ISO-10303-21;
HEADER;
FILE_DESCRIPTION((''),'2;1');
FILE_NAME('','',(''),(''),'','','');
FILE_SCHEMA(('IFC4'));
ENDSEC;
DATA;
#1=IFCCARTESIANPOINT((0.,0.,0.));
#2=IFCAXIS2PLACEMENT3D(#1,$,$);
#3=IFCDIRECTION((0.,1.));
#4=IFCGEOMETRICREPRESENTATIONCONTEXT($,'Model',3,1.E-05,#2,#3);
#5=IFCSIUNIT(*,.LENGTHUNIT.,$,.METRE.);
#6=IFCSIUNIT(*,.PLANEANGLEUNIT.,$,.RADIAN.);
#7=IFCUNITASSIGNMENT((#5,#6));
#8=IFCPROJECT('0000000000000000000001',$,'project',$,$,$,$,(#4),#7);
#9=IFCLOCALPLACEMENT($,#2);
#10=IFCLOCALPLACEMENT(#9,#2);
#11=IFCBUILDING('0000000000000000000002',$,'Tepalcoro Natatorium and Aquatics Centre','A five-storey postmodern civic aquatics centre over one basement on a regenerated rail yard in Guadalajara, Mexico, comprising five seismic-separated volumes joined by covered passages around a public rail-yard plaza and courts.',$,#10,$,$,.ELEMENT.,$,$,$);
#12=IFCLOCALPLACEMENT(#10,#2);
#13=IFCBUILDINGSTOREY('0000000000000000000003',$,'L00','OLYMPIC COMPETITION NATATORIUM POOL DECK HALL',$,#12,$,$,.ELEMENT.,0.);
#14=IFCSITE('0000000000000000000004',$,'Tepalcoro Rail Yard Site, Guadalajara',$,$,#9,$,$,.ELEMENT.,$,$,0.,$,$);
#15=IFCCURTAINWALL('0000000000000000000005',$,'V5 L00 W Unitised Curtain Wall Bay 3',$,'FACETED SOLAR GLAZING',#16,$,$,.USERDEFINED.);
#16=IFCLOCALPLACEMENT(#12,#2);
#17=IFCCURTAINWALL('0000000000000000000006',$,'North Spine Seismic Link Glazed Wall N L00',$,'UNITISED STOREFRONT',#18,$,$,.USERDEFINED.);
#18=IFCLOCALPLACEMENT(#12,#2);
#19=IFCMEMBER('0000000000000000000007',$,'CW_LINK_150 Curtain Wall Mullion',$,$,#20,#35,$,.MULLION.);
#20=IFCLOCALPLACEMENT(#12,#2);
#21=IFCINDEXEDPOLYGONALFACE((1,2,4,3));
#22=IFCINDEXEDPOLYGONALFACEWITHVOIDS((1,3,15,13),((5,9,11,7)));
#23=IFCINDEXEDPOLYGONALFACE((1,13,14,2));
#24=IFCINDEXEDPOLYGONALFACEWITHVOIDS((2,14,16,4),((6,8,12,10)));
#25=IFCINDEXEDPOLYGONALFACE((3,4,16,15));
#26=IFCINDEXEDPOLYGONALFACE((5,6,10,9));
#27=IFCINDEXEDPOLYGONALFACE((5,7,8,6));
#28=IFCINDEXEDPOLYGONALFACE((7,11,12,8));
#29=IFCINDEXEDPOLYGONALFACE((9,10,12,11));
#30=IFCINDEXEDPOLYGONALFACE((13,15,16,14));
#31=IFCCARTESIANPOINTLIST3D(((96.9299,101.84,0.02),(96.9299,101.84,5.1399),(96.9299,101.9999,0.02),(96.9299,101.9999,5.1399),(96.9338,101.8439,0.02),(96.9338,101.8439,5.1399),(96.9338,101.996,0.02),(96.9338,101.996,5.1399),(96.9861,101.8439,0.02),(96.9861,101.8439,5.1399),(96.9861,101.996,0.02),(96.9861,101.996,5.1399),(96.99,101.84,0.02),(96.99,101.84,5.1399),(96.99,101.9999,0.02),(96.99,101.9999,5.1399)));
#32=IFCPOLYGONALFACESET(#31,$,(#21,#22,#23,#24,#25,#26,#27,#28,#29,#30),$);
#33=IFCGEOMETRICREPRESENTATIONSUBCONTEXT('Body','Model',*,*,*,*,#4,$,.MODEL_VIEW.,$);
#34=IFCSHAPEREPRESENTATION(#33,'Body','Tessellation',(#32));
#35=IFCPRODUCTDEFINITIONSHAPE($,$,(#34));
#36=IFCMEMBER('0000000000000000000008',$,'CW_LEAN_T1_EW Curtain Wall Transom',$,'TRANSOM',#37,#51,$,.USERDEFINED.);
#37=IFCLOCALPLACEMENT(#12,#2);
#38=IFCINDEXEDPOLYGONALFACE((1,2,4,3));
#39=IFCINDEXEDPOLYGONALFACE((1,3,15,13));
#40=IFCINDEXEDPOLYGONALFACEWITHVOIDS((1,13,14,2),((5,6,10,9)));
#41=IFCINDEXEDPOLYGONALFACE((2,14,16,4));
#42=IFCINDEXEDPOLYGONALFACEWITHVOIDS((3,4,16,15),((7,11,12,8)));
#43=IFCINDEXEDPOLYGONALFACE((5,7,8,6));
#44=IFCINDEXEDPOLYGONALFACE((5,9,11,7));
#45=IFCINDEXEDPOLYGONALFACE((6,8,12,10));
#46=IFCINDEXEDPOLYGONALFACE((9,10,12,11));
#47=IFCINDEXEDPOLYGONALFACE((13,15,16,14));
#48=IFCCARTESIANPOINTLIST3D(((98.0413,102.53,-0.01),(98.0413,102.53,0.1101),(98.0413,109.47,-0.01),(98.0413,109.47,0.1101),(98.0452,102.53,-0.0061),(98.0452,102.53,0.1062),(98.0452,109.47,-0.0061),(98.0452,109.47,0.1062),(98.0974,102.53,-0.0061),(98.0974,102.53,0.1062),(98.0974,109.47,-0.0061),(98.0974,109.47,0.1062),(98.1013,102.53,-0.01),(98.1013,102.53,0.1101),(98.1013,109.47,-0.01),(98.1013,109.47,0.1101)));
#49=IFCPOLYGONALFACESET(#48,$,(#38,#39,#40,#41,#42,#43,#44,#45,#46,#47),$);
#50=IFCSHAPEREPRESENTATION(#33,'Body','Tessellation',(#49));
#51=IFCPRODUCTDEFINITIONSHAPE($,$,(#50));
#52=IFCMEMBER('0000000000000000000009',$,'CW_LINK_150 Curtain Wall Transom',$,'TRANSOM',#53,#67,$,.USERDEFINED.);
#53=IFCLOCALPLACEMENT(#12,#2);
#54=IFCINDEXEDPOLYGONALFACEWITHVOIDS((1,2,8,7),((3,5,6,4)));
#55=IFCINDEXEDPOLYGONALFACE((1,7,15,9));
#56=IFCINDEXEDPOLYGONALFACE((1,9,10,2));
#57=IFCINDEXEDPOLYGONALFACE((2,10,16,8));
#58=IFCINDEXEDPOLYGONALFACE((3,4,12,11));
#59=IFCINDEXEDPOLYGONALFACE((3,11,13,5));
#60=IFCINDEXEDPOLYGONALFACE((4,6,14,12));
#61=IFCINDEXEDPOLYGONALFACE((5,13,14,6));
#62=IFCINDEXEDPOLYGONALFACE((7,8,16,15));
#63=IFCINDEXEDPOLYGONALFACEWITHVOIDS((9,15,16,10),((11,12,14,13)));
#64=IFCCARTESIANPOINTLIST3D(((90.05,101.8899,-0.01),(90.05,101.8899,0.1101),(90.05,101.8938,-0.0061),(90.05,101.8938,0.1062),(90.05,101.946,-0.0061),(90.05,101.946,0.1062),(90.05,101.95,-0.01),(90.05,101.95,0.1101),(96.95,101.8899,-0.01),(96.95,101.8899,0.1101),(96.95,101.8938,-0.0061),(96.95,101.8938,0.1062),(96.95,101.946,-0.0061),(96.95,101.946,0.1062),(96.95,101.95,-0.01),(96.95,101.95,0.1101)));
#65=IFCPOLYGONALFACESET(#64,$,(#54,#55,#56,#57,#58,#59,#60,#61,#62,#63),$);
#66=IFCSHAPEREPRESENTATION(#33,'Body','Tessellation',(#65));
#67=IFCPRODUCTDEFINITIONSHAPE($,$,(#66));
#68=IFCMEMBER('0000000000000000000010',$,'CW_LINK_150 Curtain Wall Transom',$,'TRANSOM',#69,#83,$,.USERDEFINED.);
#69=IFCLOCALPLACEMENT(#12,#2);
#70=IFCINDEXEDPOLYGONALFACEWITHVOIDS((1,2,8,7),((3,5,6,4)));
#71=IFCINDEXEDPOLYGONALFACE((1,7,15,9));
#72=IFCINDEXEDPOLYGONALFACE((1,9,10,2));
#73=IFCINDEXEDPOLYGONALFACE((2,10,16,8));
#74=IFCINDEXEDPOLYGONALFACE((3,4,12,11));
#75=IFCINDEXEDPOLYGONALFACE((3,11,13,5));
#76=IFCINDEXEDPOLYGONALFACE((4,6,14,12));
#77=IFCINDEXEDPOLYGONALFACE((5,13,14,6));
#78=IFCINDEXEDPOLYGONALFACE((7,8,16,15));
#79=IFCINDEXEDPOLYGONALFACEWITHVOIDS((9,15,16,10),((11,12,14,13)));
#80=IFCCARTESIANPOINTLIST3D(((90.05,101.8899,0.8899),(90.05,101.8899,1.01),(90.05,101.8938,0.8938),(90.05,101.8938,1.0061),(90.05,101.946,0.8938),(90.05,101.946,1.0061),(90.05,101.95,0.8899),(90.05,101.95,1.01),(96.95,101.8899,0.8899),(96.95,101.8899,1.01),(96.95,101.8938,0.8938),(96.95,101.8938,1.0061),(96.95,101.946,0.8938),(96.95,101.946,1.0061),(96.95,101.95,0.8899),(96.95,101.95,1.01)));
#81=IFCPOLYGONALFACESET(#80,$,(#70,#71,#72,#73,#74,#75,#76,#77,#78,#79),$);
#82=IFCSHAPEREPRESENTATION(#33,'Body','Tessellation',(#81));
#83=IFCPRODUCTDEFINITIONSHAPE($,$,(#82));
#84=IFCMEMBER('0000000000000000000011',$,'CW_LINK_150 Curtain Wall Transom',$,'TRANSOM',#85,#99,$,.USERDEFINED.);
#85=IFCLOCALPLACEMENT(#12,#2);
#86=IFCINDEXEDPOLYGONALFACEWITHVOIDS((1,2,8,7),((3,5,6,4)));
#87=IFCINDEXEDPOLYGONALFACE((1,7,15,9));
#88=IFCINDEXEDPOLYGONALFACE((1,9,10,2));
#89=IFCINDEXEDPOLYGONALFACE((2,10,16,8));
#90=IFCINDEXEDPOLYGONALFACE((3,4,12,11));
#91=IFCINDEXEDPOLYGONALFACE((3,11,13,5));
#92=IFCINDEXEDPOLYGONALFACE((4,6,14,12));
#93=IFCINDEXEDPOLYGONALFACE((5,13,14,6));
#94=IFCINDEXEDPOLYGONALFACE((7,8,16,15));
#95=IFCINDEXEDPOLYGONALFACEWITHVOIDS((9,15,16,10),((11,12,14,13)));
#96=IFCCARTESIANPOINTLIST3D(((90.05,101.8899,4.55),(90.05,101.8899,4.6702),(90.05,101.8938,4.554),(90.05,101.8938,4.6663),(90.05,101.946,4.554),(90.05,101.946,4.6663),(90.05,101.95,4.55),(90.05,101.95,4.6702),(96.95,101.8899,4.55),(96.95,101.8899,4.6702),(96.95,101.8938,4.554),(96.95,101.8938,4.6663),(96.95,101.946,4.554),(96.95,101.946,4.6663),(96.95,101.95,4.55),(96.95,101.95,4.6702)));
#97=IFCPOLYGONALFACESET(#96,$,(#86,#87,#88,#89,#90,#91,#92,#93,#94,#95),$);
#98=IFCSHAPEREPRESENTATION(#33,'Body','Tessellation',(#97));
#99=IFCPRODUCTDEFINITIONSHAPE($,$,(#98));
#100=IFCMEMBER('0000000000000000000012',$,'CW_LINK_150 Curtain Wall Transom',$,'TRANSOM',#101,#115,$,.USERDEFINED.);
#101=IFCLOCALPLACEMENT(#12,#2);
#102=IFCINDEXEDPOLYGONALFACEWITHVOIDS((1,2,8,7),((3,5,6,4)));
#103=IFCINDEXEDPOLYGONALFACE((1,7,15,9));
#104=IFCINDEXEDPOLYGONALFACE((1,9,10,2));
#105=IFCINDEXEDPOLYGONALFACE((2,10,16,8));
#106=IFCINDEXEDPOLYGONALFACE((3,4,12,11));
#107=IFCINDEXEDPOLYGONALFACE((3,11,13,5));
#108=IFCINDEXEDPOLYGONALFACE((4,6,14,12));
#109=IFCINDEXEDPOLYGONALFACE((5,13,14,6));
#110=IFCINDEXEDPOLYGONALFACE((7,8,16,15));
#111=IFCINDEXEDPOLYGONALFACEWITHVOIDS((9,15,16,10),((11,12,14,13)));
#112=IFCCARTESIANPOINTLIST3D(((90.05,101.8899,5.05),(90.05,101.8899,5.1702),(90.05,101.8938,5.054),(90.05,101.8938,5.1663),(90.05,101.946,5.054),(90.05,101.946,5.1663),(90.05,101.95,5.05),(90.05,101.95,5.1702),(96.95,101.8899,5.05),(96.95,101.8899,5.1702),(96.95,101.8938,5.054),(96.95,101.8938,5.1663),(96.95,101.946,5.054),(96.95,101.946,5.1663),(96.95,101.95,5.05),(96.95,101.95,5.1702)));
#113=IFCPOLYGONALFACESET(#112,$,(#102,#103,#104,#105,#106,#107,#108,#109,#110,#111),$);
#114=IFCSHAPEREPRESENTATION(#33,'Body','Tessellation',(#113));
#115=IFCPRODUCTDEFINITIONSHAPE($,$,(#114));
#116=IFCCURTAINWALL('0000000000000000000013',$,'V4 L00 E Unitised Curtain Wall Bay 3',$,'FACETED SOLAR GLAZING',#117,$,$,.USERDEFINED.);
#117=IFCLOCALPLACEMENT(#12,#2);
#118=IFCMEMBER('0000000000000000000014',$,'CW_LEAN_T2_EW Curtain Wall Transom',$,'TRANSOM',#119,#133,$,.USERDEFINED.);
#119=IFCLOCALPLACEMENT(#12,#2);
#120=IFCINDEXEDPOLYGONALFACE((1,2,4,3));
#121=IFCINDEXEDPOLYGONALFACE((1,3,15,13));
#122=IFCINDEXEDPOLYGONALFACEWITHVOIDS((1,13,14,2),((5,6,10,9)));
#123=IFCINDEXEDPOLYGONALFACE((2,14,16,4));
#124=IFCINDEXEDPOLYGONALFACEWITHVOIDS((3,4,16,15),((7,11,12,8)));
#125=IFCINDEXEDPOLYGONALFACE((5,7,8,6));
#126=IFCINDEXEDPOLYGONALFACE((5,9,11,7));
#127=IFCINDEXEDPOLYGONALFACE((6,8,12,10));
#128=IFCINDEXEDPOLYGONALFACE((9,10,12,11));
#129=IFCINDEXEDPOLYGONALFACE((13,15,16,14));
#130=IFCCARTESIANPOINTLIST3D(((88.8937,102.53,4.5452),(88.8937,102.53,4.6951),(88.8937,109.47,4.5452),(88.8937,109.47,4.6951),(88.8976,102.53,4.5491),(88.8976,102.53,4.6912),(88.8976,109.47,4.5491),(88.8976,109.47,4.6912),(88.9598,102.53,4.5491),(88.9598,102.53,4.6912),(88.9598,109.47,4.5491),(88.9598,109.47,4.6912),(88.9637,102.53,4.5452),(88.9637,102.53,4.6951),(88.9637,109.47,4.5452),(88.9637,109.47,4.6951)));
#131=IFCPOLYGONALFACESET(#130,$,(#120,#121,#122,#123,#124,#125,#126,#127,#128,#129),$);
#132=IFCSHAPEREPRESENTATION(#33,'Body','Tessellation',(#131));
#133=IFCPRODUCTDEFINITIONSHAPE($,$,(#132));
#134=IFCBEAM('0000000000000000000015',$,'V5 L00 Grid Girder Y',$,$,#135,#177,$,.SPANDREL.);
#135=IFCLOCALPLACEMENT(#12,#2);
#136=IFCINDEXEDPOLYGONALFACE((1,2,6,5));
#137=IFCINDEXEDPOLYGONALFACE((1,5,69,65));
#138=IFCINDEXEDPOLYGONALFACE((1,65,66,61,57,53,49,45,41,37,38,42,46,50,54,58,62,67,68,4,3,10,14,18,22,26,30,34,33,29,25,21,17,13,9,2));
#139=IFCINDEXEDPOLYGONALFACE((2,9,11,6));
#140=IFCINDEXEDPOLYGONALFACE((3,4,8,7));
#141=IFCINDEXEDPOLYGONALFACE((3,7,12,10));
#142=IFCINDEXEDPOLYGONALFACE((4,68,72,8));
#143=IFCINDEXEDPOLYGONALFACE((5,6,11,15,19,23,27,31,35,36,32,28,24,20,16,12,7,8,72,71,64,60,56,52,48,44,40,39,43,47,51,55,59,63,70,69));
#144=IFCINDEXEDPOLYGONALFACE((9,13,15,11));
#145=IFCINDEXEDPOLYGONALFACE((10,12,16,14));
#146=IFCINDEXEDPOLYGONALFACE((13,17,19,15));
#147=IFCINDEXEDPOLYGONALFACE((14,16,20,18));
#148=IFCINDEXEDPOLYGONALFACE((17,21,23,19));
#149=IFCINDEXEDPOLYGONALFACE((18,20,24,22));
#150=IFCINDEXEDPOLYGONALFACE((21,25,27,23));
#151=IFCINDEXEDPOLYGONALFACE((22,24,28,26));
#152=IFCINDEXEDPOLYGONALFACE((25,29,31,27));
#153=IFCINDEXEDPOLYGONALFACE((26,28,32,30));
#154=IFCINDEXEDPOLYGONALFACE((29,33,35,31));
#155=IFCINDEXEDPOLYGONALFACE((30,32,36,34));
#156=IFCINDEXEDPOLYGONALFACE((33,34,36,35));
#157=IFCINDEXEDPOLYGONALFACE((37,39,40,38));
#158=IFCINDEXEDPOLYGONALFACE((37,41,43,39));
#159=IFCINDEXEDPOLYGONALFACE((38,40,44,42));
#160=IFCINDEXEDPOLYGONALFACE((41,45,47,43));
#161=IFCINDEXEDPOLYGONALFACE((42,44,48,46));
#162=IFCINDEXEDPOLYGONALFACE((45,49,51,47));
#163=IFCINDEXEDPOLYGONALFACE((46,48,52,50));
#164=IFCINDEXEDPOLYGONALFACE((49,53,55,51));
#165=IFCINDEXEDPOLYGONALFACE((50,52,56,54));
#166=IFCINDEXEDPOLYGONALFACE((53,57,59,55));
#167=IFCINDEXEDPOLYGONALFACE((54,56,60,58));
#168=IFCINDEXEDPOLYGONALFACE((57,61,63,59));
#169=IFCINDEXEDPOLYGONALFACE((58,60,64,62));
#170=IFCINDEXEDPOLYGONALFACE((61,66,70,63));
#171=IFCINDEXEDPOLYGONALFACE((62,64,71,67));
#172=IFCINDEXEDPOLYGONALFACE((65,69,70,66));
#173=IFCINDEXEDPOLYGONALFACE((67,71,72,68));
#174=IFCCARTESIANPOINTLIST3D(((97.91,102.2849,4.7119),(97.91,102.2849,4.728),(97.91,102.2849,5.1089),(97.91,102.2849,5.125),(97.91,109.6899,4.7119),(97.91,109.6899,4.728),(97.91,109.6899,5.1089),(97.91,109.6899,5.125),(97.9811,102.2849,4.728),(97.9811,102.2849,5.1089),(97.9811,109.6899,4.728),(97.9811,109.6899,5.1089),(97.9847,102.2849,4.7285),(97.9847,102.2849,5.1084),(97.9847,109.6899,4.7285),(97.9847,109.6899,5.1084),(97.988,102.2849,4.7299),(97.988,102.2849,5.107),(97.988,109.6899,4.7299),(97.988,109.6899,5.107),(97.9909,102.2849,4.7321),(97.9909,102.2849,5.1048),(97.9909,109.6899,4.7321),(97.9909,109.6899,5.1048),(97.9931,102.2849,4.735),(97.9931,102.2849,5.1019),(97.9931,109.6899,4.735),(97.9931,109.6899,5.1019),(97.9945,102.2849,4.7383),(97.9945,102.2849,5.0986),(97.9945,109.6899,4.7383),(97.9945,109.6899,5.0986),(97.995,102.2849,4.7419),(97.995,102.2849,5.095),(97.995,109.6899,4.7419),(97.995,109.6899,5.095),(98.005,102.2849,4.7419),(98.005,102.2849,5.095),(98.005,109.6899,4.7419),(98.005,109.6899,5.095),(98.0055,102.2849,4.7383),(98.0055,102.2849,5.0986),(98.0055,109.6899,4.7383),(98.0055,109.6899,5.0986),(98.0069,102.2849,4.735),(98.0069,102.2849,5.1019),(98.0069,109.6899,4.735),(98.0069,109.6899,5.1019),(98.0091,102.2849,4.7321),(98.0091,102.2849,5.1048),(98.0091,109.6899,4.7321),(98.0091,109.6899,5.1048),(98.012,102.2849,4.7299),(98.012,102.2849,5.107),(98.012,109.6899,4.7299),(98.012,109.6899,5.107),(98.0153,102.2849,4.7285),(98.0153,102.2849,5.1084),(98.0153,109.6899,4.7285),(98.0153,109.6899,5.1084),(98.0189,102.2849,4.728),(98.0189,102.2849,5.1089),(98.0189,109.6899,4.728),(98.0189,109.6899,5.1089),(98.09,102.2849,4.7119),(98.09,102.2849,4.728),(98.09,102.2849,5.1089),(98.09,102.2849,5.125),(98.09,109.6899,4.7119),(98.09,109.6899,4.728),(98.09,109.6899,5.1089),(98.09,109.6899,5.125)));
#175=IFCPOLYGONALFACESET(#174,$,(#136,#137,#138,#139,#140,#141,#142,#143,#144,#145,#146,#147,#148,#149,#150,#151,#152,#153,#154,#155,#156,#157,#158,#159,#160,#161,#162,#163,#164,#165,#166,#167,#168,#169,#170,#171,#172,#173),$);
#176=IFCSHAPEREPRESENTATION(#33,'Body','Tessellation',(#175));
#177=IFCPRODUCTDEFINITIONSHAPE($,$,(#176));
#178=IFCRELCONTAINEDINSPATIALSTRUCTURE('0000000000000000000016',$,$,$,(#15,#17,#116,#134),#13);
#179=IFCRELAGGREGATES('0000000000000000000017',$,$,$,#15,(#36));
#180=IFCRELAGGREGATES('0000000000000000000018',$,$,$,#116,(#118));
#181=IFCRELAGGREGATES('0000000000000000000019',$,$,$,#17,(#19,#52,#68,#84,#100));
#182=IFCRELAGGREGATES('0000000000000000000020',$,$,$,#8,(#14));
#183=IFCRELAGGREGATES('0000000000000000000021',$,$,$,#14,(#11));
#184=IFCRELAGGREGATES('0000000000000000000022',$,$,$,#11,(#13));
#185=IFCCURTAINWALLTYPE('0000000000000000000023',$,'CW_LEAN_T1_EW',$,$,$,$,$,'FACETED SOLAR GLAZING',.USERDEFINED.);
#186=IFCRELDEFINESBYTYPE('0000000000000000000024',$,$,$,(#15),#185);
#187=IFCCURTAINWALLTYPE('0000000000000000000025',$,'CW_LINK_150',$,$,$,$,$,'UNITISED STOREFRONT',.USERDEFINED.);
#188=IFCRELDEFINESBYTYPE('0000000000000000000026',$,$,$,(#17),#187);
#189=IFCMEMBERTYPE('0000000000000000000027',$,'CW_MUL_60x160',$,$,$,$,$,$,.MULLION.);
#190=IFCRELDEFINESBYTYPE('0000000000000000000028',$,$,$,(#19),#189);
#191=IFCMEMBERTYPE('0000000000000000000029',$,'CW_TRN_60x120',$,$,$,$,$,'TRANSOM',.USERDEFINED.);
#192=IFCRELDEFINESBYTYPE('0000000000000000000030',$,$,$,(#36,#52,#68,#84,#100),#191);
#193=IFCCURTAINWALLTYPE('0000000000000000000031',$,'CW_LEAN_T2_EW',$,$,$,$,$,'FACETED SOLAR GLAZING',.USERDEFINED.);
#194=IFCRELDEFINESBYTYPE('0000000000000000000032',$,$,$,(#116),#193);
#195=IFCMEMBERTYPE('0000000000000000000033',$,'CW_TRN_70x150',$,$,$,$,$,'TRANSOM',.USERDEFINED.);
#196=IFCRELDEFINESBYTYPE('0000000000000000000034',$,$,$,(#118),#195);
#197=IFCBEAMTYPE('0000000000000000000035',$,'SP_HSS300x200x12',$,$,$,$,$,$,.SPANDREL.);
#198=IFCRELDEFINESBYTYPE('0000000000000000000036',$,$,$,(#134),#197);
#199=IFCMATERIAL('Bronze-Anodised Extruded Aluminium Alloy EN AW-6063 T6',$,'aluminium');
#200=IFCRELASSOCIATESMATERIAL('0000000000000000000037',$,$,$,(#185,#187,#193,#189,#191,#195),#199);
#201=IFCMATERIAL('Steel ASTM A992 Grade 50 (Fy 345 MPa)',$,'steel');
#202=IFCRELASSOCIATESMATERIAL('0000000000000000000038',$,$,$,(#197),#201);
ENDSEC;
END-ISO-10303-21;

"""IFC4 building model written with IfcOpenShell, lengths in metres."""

from ifc_helpers import new_model, si_unit, direction, frame, origin, origin_2d, place, context, subcontext, project, spatial, hollow_rectangle, i_section, extrude, material, material_profile, profile_set, type_object, element, aggregate, save


model = new_model("IFC4")

# Units and contexts
model_context = context("Model", 3, precision=1e-05, world=origin(), true_north=direction((0.0, 1.0)))
body_context = subcontext(model_context, "Body", "Model", "MODEL_VIEW")
ifc_project = project(units=[si_unit("LENGTHUNIT", "METRE"), si_unit("PLANEANGLEUNIT", "RADIAN")], contexts=[model_context])

# Site, building, storey
site_placement = place(None, origin())
site = spatial("IfcSite", under=ifc_project, at=site_placement, Name="Tepalcoro Rail Yard Site, Guadalajara", CompositionType="ELEMENT", RefElevation=0.0)
building_placement = place(site_placement, origin())
building = spatial("IfcBuilding", under=site, at=building_placement, Name="Tepalcoro Natatorium and Aquatics Centre", Description="A five-storey postmodern civic aquatics centre over one basement on a regenerated rail yard in Guadalajara, Mexico, comprising five seismic-separated volumes joined by covered passages around a public rail-yard plaza and courts.", CompositionType="ELEMENT")
storey_placement = place(building_placement, origin())
storey = spatial("IfcBuildingStorey", under=building, at=storey_placement, Name="L00", Description="OLYMPIC COMPETITION NATATORIUM POOL DECK HALL", CompositionType="ELEMENT", Elevation=0.0)

# Shared definitions
ifc_material_1 = material(Name="Steel ASTM A992 Grade 50 (Fy 345 MPa)", Category="steel")

# Curtain wall
ifc_material_2 = material(Name="Bronze-Anodised Extruded Aluminium Alloy EN AW-6063 T6", Category="aluminium")
curtain_wall_type_1 = type_object("IfcCurtainWallType", Name="CW_LEAN_T1_EW", ElementType="FACETED SOLAR GLAZING", PredefinedType="USERDEFINED", material=ifc_material_2)
curtain_wall_1_placement = place(storey_placement, origin())
curtain_wall_1 = element("IfcCurtainWall", 1, at=curtain_wall_1_placement, inside=storey, type_object=curtain_wall_type_1, Name="V5 L00 W Unitised Curtain Wall Bay 3", ObjectType="FACETED SOLAR GLAZING", PredefinedType="USERDEFINED")
ifc_material_profile_1 = material_profile(ifc_material_2, hollow_rectangle(XDim=0.0601, YDim=0.1599, WallThickness=0.0039, at=origin_2d()), Name="AL60X160X4")
ifc_profile_set_1 = profile_set([ifc_material_profile_1], Name="Bronze-Anodised Extruded Aluminium Alloy EN AW-6063 T6")
member_type_1 = type_object("IfcMemberType", Name="CW_MUL_60x160", PredefinedType="MULLION", material=ifc_profile_set_1)

# Curtain wall, member
curtain_wall_type_2 = type_object("IfcCurtainWallType", Name="CW_LINK_150", ElementType="UNITISED STOREFRONT", PredefinedType="USERDEFINED", material=ifc_material_2)
curtain_wall_2_placement = place(storey_placement, origin())
curtain_wall_2 = element("IfcCurtainWall", 2, at=curtain_wall_2_placement, inside=storey, type_object=curtain_wall_type_2, Name="North Spine Seismic Link Glazed Wall N L00", ObjectType="UNITISED STOREFRONT", PredefinedType="USERDEFINED")
member_1_placement = place(storey_placement, frame((96.96, 101.9199, 0.02), z_axis=(0.0, 0.0, 1.0), x_axis=(1.0, 0.0, 0.0)))
member_1 = element("IfcMember", 3, at=member_1_placement, type_object=member_type_1, Name="CW_LINK_150 Curtain Wall Mullion", PredefinedType="MULLION", context=body_context, shape_type="SweptSolid", body=[
    extrude(hollow_rectangle(XDim=0.0601, YDim=0.1599, WallThickness=0.0039, at=origin_2d()), origin(), (0.0, 0.0, 1.0), 5.1199),
])

# Members
ifc_material_profile_2 = material_profile(ifc_material_2, hollow_rectangle(XDim=0.0601, YDim=0.1201, WallThickness=0.0039, at=origin_2d()), Name="AL60X120X4")
ifc_profile_set_2 = profile_set([ifc_material_profile_2], Name="Bronze-Anodised Extruded Aluminium Alloy EN AW-6063 T6")
member_type_2 = type_object("IfcMemberType", Name="CW_TRN_60x120", ElementType="TRANSOM", PredefinedType="USERDEFINED", material=ifc_profile_set_2)
member_2_placement = place(storey_placement, frame((98.0713, 102.53, 0.05), z_axis=(0.0, 1.0, 0.0), x_axis=(-1.0, 0.0, 0.0)))
member_2 = element("IfcMember", 4, at=member_2_placement, type_object=member_type_2, Name="CW_LEAN_T1_EW Curtain Wall Transom", ObjectType="TRANSOM", PredefinedType="USERDEFINED", context=body_context, shape_type="SweptSolid", body=[
    extrude(hollow_rectangle(XDim=0.0601, YDim=0.1201, WallThickness=0.0039, at=origin_2d()), origin(), (0.0, 0.0, 1.0), 6.9399),
])
aggregate(curtain_wall_1, [member_2])
member_3_placement = place(storey_placement, frame((90.05, 101.9199, 0.05), z_axis=(1.0, 0.0, 0.0), x_axis=(0.0, 1.0, 0.0)))
member_3 = element("IfcMember", 5, at=member_3_placement, type_object=member_type_2, Name="CW_LINK_150 Curtain Wall Transom", ObjectType="TRANSOM", PredefinedType="USERDEFINED", context=body_context, shape_type="SweptSolid", body=[
    extrude(hollow_rectangle(XDim=0.0601, YDim=0.1201, WallThickness=0.0039, at=origin_2d()), origin(), (0.0, 0.0, 1.0), 6.8999),
])
member_4_placement = place(storey_placement, frame((90.05, 101.9199, 0.95), z_axis=(1.0, 0.0, 0.0), x_axis=(0.0, 1.0, 0.0)))
member_4 = element("IfcMember", 6, at=member_4_placement, type_object=member_type_2, Name="CW_LINK_150 Curtain Wall Transom", ObjectType="TRANSOM", PredefinedType="USERDEFINED", context=body_context, shape_type="SweptSolid", body=[
    extrude(hollow_rectangle(XDim=0.0601, YDim=0.1201, WallThickness=0.0039, at=origin_2d()), origin(), (0.0, 0.0, 1.0), 6.8999),
])
member_5_placement = place(storey_placement, frame((90.05, 101.9199, 4.6101), z_axis=(1.0, 0.0, 0.0), x_axis=(0.0, 1.0, 0.0)))
member_5 = element("IfcMember", 7, at=member_5_placement, type_object=member_type_2, Name="CW_LINK_150 Curtain Wall Transom", ObjectType="TRANSOM", PredefinedType="USERDEFINED", context=body_context, shape_type="SweptSolid", body=[
    extrude(hollow_rectangle(XDim=0.0601, YDim=0.1201, WallThickness=0.0039, at=origin_2d()), origin(), (0.0, 0.0, 1.0), 6.8999),
])
member_6_placement = place(storey_placement, frame((90.05, 101.9199, 5.1101), z_axis=(1.0, 0.0, 0.0), x_axis=(0.0, 1.0, 0.0)))
member_6 = element("IfcMember", 8, at=member_6_placement, type_object=member_type_2, Name="CW_LINK_150 Curtain Wall Transom", ObjectType="TRANSOM", PredefinedType="USERDEFINED", context=body_context, shape_type="SweptSolid", body=[
    extrude(hollow_rectangle(XDim=0.0601, YDim=0.1201, WallThickness=0.0039, at=origin_2d()), origin(), (0.0, 0.0, 1.0), 6.8999),
])

# Curtain wall, member
curtain_wall_type_3 = type_object("IfcCurtainWallType", Name="CW_LEAN_T2_EW", ElementType="FACETED SOLAR GLAZING", PredefinedType="USERDEFINED", material=ifc_material_2)
curtain_wall_3_placement = place(storey_placement, origin())
curtain_wall_3 = element("IfcCurtainWall", 9, at=curtain_wall_3_placement, inside=storey, type_object=curtain_wall_type_3, Name="V4 L00 E Unitised Curtain Wall Bay 3", ObjectType="FACETED SOLAR GLAZING", PredefinedType="USERDEFINED")
ifc_material_profile_3 = material_profile(ifc_material_2, hollow_rectangle(XDim=0.0701, YDim=0.1499, WallThickness=0.0039, at=origin_2d()), Name="AL70X150X4")
ifc_profile_set_3 = profile_set([ifc_material_profile_3], Name="Bronze-Anodised Extruded Aluminium Alloy EN AW-6063 T6")
member_type_3 = type_object("IfcMemberType", Name="CW_TRN_70x150", ElementType="TRANSOM", PredefinedType="USERDEFINED", material=ifc_profile_set_3)
member_7_placement = place(storey_placement, frame((88.9287, 102.53, 4.6201), z_axis=(0.0, 1.0, 0.0), x_axis=(-1.0, 0.0, 0.0)))
member_7 = element("IfcMember", 10, at=member_7_placement, type_object=member_type_3, Name="CW_LEAN_T2_EW Curtain Wall Transom", ObjectType="TRANSOM", PredefinedType="USERDEFINED", context=body_context, shape_type="SweptSolid", body=[
    extrude(hollow_rectangle(XDim=0.0701, YDim=0.1499, WallThickness=0.0039, at=origin_2d()), origin(), (0.0, 0.0, 1.0), 6.9399),
])
aggregate(curtain_wall_3, [member_7])

# Beam
ifc_material_profile_4 = material_profile(ifc_material_1, i_section(OverallWidth=0.1799, OverallDepth=0.4131, WebThickness=0.01, FlangeThickness=0.0161, FilletRadius=0.0139, at=origin_2d()), Name="W16X50")
ifc_profile_set_4 = profile_set([ifc_material_profile_4], Name="Steel ASTM A992 Grade 50 (Fy 345 MPa)")
beam_type_1 = type_object("IfcBeamType", Name="SP_HSS300x200x12", PredefinedType="SPANDREL", material=ifc_profile_set_4)
beam_1_placement = place(storey_placement, frame((98.0, 102.2849, 4.9185), z_axis=(0.0, 1.0, 0.0), x_axis=(-1.0, 0.0, 0.0)))
element("IfcBeam", 11, at=beam_1_placement, inside=storey, type_object=beam_type_1, Name="V5 L00 Grid Girder Y", PredefinedType="SPANDREL", context=body_context, shape_type="SweptSolid", body=[
    extrude(i_section(OverallWidth=0.1799, OverallDepth=0.4131, WebThickness=0.01, FlangeThickness=0.0161, FilletRadius=0.0139, at=origin_2d()), origin(), (0.0, 0.0, 1.0), 7.405),
])

aggregate(curtain_wall_2, [member_1, member_3, member_4, member_5, member_6])

save(model, "model.ifc")
